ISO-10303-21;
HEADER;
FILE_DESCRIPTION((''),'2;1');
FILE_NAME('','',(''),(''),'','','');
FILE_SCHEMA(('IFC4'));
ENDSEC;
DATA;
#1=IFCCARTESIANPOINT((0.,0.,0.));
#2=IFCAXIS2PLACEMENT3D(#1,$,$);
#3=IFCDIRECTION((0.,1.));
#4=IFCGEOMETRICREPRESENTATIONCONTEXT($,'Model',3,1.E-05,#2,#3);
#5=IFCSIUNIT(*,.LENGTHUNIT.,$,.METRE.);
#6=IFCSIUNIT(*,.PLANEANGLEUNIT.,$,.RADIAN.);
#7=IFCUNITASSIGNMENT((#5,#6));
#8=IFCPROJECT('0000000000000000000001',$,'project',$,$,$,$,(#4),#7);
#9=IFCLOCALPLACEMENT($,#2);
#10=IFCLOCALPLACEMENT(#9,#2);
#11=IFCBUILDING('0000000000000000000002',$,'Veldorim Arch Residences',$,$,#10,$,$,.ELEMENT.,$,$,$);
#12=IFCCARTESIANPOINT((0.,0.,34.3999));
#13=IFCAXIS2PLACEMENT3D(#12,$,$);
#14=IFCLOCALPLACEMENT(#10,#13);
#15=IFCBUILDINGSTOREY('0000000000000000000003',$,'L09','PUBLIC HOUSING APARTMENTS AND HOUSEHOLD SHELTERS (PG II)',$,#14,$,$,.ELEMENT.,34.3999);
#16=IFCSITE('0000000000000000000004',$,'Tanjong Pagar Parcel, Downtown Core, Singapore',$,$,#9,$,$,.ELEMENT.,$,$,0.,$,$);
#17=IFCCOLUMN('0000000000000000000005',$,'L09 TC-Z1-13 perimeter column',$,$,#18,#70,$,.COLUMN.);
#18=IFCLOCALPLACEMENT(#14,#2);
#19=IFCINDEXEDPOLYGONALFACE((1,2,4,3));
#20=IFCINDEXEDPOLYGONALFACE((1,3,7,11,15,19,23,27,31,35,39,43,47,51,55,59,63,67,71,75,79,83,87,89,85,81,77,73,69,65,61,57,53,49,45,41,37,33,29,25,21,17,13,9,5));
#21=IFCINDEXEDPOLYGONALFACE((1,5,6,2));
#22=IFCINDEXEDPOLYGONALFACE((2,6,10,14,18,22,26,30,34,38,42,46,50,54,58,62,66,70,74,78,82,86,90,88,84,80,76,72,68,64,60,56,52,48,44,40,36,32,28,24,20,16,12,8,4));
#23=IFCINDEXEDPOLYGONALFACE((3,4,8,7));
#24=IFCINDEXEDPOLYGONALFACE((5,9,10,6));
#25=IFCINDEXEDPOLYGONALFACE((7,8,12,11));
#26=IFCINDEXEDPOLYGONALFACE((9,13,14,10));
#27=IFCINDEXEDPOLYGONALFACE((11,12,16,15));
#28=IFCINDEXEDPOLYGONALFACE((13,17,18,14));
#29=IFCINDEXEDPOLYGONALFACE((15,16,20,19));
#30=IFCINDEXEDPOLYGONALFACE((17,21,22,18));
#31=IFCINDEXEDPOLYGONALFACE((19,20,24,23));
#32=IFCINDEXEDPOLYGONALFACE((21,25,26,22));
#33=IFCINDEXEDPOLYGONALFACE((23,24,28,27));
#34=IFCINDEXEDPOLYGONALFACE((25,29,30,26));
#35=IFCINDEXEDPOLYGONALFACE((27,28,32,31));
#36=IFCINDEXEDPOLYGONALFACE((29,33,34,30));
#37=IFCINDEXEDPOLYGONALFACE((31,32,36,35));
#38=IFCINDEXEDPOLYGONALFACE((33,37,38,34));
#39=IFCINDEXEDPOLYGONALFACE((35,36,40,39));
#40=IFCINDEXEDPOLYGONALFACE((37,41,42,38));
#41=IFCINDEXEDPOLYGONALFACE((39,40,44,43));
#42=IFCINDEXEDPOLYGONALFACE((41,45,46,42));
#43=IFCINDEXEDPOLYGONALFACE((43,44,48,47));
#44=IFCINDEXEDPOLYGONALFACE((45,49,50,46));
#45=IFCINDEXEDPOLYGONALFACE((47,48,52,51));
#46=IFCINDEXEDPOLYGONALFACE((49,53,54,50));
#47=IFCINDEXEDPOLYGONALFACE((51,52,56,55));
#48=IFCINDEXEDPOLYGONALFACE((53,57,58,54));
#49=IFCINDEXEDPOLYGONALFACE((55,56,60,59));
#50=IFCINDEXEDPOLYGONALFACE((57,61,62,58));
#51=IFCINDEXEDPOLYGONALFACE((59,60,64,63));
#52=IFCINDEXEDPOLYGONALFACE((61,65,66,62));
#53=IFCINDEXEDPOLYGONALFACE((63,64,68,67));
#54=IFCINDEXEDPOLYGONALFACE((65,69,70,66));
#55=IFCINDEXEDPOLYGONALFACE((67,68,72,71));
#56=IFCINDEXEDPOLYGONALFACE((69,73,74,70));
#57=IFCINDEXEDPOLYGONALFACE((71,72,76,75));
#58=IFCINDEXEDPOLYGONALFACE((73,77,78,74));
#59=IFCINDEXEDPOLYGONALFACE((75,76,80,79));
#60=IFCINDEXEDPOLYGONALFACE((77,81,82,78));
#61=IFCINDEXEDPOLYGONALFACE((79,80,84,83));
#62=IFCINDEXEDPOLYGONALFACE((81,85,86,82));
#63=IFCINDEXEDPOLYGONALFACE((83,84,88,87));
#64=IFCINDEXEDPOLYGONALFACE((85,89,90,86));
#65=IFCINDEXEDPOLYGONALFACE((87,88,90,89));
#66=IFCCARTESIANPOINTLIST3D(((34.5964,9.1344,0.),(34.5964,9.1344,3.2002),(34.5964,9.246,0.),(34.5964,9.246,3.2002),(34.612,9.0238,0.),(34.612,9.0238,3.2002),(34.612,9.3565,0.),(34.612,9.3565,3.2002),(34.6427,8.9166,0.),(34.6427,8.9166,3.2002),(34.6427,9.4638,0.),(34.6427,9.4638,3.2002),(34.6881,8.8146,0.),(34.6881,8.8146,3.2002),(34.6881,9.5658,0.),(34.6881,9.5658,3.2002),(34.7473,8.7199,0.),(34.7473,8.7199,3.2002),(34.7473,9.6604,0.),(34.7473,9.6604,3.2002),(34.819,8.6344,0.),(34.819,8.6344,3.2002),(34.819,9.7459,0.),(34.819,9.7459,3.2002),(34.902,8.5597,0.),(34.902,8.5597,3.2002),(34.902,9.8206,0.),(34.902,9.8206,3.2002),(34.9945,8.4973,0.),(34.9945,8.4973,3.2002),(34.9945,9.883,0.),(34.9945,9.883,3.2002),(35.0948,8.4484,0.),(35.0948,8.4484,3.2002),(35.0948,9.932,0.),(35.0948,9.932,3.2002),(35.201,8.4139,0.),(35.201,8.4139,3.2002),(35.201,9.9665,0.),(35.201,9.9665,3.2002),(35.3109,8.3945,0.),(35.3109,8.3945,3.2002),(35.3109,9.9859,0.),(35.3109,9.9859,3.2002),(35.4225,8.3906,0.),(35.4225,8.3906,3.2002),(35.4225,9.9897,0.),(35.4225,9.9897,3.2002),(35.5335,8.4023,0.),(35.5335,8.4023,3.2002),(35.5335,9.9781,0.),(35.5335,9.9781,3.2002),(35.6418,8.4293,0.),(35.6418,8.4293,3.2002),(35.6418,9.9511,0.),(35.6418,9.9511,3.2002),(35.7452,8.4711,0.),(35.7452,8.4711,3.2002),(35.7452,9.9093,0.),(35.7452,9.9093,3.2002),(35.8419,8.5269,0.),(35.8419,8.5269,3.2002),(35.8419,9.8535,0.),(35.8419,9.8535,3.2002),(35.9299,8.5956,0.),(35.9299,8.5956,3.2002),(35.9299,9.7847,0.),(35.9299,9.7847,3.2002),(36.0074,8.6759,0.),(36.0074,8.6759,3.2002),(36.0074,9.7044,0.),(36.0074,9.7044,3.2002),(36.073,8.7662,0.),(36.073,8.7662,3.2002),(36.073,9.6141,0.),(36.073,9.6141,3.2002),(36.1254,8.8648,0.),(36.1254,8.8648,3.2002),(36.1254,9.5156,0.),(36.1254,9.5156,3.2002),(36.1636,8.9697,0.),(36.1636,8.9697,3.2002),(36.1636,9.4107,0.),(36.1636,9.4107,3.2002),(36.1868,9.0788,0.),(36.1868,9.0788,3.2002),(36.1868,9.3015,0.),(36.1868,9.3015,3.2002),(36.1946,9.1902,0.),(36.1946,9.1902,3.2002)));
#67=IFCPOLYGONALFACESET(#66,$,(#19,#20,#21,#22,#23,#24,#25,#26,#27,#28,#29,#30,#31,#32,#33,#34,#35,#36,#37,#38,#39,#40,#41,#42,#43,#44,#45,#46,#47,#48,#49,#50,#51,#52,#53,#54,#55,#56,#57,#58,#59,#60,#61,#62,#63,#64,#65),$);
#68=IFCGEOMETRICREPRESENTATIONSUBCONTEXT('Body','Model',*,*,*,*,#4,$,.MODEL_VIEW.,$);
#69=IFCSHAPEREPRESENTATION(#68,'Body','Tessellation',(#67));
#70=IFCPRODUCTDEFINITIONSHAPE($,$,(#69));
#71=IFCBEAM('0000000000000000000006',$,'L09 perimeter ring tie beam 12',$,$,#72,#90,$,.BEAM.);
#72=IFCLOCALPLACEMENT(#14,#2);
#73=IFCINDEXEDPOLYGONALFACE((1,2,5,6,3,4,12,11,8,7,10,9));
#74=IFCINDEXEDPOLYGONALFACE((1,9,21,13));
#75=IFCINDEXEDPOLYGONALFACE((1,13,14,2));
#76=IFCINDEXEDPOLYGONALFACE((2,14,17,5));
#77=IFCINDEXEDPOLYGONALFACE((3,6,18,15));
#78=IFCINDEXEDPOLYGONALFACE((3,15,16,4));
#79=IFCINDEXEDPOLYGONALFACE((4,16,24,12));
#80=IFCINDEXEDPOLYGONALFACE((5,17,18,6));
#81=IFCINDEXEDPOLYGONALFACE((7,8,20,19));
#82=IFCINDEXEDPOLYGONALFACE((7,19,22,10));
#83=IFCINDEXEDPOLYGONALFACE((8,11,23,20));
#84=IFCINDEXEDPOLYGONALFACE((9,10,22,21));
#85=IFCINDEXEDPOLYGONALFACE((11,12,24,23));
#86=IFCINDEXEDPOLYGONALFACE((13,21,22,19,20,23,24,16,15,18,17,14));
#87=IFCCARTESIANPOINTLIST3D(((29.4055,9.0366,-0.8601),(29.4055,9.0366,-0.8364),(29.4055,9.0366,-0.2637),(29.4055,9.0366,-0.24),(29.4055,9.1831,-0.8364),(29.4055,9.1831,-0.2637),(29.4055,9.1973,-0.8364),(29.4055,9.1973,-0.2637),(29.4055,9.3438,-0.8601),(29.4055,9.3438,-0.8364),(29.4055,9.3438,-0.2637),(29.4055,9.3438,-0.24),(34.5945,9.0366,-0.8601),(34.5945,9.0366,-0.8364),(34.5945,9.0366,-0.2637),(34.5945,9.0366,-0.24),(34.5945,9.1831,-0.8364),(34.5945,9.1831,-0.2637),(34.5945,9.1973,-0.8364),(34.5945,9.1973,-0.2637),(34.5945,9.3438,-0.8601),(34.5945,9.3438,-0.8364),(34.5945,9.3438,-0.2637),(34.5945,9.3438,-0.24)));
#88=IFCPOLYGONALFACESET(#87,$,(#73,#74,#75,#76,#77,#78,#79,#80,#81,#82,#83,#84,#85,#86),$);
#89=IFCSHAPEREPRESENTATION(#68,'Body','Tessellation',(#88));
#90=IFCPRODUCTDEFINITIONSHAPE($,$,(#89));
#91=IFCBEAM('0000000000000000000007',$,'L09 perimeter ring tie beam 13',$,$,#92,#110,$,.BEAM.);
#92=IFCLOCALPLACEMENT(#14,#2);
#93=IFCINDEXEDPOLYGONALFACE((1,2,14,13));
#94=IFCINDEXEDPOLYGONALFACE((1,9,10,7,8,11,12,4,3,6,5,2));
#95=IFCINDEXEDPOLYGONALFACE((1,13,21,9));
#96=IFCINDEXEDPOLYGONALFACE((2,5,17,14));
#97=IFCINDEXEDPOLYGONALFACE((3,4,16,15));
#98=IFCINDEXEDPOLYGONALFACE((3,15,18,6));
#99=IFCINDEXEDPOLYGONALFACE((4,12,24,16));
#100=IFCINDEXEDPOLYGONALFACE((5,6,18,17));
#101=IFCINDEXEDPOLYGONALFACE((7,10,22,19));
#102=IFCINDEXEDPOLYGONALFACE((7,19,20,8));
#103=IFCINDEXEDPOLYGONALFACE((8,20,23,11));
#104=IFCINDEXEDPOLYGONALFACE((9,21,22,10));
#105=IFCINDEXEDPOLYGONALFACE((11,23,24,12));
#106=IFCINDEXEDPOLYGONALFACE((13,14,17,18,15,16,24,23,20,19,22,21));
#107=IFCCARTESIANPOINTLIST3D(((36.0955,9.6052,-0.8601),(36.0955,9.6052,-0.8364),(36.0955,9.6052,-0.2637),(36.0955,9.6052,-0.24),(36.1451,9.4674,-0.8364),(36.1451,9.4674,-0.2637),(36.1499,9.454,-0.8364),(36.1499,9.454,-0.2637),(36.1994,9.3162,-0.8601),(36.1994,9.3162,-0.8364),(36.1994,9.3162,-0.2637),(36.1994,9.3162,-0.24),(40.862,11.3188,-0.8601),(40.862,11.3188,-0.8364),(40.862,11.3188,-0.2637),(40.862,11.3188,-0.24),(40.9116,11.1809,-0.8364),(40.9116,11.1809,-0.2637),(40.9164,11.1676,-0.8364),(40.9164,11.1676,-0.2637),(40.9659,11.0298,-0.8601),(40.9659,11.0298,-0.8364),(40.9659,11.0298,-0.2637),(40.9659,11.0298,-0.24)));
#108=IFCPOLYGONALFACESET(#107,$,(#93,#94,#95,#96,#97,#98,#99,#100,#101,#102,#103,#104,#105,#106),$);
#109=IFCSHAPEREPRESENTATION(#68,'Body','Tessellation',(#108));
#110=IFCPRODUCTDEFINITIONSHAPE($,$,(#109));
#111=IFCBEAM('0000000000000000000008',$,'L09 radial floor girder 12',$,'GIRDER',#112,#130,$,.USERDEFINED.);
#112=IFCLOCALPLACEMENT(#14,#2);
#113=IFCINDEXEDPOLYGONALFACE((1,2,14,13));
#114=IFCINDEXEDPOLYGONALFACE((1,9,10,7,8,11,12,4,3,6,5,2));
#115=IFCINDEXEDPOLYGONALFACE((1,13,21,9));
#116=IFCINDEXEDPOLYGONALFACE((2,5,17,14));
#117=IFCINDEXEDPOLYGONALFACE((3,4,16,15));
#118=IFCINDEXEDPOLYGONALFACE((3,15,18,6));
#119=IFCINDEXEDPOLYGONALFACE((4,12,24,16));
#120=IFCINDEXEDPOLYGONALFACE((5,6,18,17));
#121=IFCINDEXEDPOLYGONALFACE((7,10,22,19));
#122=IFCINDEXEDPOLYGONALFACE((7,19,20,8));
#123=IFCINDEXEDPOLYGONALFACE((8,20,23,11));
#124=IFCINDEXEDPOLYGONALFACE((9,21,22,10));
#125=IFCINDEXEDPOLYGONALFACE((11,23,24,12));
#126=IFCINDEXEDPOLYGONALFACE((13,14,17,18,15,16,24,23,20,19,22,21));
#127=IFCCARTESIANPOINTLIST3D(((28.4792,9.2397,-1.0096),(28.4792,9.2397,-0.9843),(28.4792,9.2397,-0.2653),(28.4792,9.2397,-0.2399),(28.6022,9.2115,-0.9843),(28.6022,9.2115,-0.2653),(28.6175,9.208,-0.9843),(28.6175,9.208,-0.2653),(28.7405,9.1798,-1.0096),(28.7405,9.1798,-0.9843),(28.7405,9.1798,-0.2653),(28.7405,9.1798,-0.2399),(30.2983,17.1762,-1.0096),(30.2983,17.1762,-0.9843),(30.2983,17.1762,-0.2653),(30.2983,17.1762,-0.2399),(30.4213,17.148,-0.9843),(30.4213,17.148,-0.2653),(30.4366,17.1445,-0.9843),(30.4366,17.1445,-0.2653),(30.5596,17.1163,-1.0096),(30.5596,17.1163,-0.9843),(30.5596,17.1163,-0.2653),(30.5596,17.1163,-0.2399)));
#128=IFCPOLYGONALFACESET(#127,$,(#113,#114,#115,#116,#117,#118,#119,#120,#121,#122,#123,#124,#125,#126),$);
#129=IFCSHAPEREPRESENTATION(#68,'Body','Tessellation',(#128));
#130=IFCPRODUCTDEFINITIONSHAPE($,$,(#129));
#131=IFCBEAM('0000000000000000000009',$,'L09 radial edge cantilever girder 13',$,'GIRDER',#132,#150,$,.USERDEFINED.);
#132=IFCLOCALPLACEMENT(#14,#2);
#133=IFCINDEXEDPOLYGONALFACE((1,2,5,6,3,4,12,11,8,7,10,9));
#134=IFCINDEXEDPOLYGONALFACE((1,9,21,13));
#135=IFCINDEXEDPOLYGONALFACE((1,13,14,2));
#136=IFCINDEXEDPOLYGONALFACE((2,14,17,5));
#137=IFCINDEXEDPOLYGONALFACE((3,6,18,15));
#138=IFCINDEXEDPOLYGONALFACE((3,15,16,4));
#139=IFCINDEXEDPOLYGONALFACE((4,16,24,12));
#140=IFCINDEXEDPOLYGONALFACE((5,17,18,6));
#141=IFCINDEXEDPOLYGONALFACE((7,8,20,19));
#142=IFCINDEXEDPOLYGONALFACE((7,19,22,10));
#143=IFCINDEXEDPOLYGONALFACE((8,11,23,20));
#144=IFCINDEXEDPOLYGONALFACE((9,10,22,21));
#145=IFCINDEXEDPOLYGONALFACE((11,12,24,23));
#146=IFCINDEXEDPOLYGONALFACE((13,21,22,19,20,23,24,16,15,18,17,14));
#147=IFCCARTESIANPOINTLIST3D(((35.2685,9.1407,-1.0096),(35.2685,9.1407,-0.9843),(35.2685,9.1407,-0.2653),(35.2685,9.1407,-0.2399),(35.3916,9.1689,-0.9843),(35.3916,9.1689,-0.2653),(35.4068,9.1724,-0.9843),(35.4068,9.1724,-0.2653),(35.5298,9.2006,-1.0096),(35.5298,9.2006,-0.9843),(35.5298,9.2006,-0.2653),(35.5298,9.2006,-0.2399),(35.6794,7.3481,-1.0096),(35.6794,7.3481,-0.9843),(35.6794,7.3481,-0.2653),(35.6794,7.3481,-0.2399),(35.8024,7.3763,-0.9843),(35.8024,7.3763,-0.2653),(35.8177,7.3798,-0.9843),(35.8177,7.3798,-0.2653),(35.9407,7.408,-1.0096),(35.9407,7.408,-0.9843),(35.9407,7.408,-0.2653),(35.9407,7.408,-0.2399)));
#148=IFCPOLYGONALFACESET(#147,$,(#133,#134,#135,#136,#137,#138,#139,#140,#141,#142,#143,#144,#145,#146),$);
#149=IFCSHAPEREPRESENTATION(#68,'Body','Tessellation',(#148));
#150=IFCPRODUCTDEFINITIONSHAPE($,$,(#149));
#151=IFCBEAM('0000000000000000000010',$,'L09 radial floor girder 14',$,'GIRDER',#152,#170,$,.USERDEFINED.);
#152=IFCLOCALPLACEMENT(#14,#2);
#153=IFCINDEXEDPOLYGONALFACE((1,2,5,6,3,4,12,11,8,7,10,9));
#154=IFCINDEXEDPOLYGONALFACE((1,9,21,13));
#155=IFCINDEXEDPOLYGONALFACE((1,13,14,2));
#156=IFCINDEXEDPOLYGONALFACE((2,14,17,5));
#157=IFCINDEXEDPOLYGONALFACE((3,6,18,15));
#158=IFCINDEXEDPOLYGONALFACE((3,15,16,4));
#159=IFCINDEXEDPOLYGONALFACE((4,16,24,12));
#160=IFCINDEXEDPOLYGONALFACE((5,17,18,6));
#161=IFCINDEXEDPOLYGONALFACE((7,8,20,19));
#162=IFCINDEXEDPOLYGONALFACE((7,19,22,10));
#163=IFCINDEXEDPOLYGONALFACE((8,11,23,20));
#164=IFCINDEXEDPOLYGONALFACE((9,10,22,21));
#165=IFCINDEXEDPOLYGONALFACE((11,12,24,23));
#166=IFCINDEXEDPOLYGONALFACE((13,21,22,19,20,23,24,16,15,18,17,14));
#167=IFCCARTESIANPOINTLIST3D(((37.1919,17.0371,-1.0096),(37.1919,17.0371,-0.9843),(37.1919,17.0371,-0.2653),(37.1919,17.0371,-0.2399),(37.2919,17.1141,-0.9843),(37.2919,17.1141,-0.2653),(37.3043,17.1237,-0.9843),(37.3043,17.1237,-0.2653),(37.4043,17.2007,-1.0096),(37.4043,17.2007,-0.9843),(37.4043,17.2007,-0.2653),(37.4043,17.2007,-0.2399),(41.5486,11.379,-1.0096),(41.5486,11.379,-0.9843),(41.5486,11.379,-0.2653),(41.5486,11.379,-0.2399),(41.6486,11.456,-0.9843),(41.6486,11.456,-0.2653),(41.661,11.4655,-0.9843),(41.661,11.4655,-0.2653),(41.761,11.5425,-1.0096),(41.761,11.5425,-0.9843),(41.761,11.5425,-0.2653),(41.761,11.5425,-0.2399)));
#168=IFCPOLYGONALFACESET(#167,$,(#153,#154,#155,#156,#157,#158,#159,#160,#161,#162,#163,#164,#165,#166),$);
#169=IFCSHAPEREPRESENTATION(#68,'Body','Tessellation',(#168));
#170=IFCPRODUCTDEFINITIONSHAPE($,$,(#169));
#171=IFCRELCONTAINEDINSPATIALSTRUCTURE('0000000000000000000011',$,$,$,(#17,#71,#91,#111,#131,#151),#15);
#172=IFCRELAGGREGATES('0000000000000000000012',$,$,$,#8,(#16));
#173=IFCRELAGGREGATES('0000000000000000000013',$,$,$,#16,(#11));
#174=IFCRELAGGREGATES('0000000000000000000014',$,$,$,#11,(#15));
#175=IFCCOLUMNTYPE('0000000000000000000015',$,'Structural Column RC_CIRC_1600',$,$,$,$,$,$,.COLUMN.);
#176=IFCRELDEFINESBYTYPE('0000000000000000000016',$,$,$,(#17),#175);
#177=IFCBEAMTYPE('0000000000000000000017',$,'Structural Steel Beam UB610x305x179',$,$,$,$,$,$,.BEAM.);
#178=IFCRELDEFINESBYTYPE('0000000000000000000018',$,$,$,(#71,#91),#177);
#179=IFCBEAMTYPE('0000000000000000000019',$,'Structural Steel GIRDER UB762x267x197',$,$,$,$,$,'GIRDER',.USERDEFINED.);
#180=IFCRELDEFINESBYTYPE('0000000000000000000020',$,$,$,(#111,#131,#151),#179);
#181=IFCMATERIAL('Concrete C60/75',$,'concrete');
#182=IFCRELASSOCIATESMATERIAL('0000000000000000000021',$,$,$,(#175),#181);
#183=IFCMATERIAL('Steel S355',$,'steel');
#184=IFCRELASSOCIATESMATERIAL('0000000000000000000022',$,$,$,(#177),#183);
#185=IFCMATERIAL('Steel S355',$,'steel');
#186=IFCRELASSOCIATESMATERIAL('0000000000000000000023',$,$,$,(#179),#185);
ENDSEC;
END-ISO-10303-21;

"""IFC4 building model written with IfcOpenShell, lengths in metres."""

from ifc_helpers import new_model, si_unit, direction, frame, origin, origin_2d, place, context, subcontext, project, spatial, circle, i_section, extrude, material, material_profile, profile_set, type_object, element, save


model = new_model("IFC4")

# Units and contexts
model_context = context("Model", 3, precision=1e-05, world=origin(), true_north=direction((0.0, 1.0)))
body_context = subcontext(model_context, "Body", "Model", "MODEL_VIEW")
ifc_project = project(units=[si_unit("LENGTHUNIT", "METRE"), si_unit("PLANEANGLEUNIT", "RADIAN")], contexts=[model_context])

# Site, building, storey
site_placement = place(None, origin())
site = spatial("IfcSite", under=ifc_project, at=site_placement, Name="Tanjong Pagar Parcel, Downtown Core, Singapore", CompositionType="ELEMENT", RefElevation=0.0)
building_placement = place(site_placement, origin())
building = spatial("IfcBuilding", under=site, at=building_placement, Name="Veldorim Arch Residences", CompositionType="ELEMENT")
storey_placement = place(building_placement, frame((0.0, 0.0, 34.3999)))
storey = spatial("IfcBuildingStorey", under=building, at=storey_placement, Name="L09", Description="PUBLIC HOUSING APARTMENTS AND HOUSEHOLD SHELTERS (PG II)", CompositionType="ELEMENT", Elevation=34.3999)

# Column
ifc_material_1 = material(Name="Concrete C60/75", Category="concrete")
ifc_material_profile_1 = material_profile(ifc_material_1, circle(Radius=0.8, at=origin_2d()), Name="RC_CIRC_1600")
ifc_profile_set_1 = profile_set([ifc_material_profile_1], Name="Concrete C60/75")
column_type = type_object("IfcColumnType", Name="Structural Column RC_CIRC_1600", PredefinedType="COLUMN", material=ifc_profile_set_1)
column_placement = place(storey_placement, frame((35.3945, 9.1902, 0.0), z_axis=(0.0, 0.0, 1.0), x_axis=(1.0, 0.0, 0.0)))
element("IfcColumn", 1, at=column_placement, inside=storey, type_object=column_type, Name="L09 TC-Z1-13 perimeter column", PredefinedType="COLUMN", context=body_context, shape_type="SweptSolid", body=[
    extrude(circle(Radius=0.8, at=origin_2d()), origin(), (0.0, 0.0, 1.0), 3.2002),
])

# Beams
ifc_material_2 = material(Name="Steel S355", Category="steel")
ifc_material_profile_2 = material_profile(ifc_material_2, i_section(OverallWidth=0.3071, OverallDepth=0.6201, WebThickness=0.0142, FlangeThickness=0.0237, at=origin_2d()), Name="UB610x305x179")
ifc_profile_set_2 = profile_set([ifc_material_profile_2], Name="Steel S355")
beam_type_1 = type_object("IfcBeamType", Name="Structural Steel Beam UB610x305x179", PredefinedType="BEAM", material=ifc_profile_set_2)
beam_1_placement = place(storey_placement, frame((29.4055, 9.1902, -0.55), z_axis=(1.0, 0.0, 0.0), x_axis=(0.0, 1.0, 0.0)))
element("IfcBeam", 2, at=beam_1_placement, inside=storey, type_object=beam_type_1, Name="L09 perimeter ring tie beam 12", PredefinedType="BEAM", context=body_context, shape_type="SweptSolid", body=[
    extrude(i_section(OverallWidth=0.3071, OverallDepth=0.6201, WebThickness=0.0142, FlangeThickness=0.0237, at=origin_2d()), origin(), (0.0, 0.0, 1.0), 5.189),
])
beam_2_placement = place(storey_placement, frame((36.1475, 9.4607, -0.55), z_axis=(0.941035, 0.338308, 0.0), x_axis=(-0.338308, 0.941035, 0.0)))
element("IfcBeam", 3, at=beam_2_placement, inside=storey, type_object=beam_type_1, Name="L09 perimeter ring tie beam 13", PredefinedType="BEAM", context=body_context, shape_type="SweptSolid", body=[
    extrude(i_section(OverallWidth=0.3071, OverallDepth=0.6201, WebThickness=0.0142, FlangeThickness=0.0237, at=origin_2d()), origin(), (0.0, 0.0, 1.0), 5.0652),
])
ifc_material_3 = material(Name="Steel S355", Category="steel")
ifc_material_profile_3 = material_profile(ifc_material_3, i_section(OverallWidth=0.2681, OverallDepth=0.7698, WebThickness=0.0156, FlangeThickness=0.0254, at=origin_2d()), Name="UB762x267x197")
ifc_profile_set_3 = profile_set([ifc_material_profile_3], Name="Steel S355")
beam_type_2 = type_object("IfcBeamType", Name="Structural Steel GIRDER UB762x267x197", ElementType="GIRDER", PredefinedType="USERDEFINED", material=ifc_profile_set_3)
beam_3_placement = place(storey_placement, frame((30.429, 17.1462, -0.6248), z_axis=(-0.223412, -0.974724, 0.0), x_axis=(0.974724, -0.223412, 0.0)))
element("IfcBeam", 4, at=beam_3_placement, inside=storey, type_object=beam_type_2, Name="L09 radial floor girder 12", ObjectType="GIRDER", PredefinedType="USERDEFINED", context=body_context, shape_type="SweptSolid", body=[
    extrude(i_section(OverallWidth=0.2681, OverallDepth=0.7698, WebThickness=0.0156, FlangeThickness=0.0254, at=origin_2d()), origin(), (0.0, 0.0, 1.0), 8.1423),
])
beam_4_placement = place(storey_placement, frame((35.3992, 9.1707, -0.6248), z_axis=(0.223405, -0.974726, 0.0), x_axis=(0.974726, 0.223405, 0.0)))
element("IfcBeam", 5, at=beam_4_placement, inside=storey, type_object=beam_type_2, Name="L09 radial edge cantilever girder 13", ObjectType="GIRDER", PredefinedType="USERDEFINED", context=body_context, shape_type="SweptSolid", body=[
    extrude(i_section(OverallWidth=0.2681, OverallDepth=0.7698, WebThickness=0.0156, FlangeThickness=0.0254, at=origin_2d()), origin(), (0.0, 0.0, 1.0), 1.8391),
])
beam_5_placement = place(storey_placement, frame((37.2981, 17.1189, -0.6248), z_axis=(0.610082, -0.792338, 0.0), x_axis=(0.792338, 0.610082, 0.0)))
element("IfcBeam", 6, at=beam_5_placement, inside=storey, type_object=beam_type_2, Name="L09 radial floor girder 14", ObjectType="GIRDER", PredefinedType="USERDEFINED", context=body_context, shape_type="SweptSolid", body=[
    extrude(i_section(OverallWidth=0.2681, OverallDepth=0.7698, WebThickness=0.0156, FlangeThickness=0.0254, at=origin_2d()), origin(), (0.0, 0.0, 1.0), 7.1411),
])

save(model, "model.ifc")
